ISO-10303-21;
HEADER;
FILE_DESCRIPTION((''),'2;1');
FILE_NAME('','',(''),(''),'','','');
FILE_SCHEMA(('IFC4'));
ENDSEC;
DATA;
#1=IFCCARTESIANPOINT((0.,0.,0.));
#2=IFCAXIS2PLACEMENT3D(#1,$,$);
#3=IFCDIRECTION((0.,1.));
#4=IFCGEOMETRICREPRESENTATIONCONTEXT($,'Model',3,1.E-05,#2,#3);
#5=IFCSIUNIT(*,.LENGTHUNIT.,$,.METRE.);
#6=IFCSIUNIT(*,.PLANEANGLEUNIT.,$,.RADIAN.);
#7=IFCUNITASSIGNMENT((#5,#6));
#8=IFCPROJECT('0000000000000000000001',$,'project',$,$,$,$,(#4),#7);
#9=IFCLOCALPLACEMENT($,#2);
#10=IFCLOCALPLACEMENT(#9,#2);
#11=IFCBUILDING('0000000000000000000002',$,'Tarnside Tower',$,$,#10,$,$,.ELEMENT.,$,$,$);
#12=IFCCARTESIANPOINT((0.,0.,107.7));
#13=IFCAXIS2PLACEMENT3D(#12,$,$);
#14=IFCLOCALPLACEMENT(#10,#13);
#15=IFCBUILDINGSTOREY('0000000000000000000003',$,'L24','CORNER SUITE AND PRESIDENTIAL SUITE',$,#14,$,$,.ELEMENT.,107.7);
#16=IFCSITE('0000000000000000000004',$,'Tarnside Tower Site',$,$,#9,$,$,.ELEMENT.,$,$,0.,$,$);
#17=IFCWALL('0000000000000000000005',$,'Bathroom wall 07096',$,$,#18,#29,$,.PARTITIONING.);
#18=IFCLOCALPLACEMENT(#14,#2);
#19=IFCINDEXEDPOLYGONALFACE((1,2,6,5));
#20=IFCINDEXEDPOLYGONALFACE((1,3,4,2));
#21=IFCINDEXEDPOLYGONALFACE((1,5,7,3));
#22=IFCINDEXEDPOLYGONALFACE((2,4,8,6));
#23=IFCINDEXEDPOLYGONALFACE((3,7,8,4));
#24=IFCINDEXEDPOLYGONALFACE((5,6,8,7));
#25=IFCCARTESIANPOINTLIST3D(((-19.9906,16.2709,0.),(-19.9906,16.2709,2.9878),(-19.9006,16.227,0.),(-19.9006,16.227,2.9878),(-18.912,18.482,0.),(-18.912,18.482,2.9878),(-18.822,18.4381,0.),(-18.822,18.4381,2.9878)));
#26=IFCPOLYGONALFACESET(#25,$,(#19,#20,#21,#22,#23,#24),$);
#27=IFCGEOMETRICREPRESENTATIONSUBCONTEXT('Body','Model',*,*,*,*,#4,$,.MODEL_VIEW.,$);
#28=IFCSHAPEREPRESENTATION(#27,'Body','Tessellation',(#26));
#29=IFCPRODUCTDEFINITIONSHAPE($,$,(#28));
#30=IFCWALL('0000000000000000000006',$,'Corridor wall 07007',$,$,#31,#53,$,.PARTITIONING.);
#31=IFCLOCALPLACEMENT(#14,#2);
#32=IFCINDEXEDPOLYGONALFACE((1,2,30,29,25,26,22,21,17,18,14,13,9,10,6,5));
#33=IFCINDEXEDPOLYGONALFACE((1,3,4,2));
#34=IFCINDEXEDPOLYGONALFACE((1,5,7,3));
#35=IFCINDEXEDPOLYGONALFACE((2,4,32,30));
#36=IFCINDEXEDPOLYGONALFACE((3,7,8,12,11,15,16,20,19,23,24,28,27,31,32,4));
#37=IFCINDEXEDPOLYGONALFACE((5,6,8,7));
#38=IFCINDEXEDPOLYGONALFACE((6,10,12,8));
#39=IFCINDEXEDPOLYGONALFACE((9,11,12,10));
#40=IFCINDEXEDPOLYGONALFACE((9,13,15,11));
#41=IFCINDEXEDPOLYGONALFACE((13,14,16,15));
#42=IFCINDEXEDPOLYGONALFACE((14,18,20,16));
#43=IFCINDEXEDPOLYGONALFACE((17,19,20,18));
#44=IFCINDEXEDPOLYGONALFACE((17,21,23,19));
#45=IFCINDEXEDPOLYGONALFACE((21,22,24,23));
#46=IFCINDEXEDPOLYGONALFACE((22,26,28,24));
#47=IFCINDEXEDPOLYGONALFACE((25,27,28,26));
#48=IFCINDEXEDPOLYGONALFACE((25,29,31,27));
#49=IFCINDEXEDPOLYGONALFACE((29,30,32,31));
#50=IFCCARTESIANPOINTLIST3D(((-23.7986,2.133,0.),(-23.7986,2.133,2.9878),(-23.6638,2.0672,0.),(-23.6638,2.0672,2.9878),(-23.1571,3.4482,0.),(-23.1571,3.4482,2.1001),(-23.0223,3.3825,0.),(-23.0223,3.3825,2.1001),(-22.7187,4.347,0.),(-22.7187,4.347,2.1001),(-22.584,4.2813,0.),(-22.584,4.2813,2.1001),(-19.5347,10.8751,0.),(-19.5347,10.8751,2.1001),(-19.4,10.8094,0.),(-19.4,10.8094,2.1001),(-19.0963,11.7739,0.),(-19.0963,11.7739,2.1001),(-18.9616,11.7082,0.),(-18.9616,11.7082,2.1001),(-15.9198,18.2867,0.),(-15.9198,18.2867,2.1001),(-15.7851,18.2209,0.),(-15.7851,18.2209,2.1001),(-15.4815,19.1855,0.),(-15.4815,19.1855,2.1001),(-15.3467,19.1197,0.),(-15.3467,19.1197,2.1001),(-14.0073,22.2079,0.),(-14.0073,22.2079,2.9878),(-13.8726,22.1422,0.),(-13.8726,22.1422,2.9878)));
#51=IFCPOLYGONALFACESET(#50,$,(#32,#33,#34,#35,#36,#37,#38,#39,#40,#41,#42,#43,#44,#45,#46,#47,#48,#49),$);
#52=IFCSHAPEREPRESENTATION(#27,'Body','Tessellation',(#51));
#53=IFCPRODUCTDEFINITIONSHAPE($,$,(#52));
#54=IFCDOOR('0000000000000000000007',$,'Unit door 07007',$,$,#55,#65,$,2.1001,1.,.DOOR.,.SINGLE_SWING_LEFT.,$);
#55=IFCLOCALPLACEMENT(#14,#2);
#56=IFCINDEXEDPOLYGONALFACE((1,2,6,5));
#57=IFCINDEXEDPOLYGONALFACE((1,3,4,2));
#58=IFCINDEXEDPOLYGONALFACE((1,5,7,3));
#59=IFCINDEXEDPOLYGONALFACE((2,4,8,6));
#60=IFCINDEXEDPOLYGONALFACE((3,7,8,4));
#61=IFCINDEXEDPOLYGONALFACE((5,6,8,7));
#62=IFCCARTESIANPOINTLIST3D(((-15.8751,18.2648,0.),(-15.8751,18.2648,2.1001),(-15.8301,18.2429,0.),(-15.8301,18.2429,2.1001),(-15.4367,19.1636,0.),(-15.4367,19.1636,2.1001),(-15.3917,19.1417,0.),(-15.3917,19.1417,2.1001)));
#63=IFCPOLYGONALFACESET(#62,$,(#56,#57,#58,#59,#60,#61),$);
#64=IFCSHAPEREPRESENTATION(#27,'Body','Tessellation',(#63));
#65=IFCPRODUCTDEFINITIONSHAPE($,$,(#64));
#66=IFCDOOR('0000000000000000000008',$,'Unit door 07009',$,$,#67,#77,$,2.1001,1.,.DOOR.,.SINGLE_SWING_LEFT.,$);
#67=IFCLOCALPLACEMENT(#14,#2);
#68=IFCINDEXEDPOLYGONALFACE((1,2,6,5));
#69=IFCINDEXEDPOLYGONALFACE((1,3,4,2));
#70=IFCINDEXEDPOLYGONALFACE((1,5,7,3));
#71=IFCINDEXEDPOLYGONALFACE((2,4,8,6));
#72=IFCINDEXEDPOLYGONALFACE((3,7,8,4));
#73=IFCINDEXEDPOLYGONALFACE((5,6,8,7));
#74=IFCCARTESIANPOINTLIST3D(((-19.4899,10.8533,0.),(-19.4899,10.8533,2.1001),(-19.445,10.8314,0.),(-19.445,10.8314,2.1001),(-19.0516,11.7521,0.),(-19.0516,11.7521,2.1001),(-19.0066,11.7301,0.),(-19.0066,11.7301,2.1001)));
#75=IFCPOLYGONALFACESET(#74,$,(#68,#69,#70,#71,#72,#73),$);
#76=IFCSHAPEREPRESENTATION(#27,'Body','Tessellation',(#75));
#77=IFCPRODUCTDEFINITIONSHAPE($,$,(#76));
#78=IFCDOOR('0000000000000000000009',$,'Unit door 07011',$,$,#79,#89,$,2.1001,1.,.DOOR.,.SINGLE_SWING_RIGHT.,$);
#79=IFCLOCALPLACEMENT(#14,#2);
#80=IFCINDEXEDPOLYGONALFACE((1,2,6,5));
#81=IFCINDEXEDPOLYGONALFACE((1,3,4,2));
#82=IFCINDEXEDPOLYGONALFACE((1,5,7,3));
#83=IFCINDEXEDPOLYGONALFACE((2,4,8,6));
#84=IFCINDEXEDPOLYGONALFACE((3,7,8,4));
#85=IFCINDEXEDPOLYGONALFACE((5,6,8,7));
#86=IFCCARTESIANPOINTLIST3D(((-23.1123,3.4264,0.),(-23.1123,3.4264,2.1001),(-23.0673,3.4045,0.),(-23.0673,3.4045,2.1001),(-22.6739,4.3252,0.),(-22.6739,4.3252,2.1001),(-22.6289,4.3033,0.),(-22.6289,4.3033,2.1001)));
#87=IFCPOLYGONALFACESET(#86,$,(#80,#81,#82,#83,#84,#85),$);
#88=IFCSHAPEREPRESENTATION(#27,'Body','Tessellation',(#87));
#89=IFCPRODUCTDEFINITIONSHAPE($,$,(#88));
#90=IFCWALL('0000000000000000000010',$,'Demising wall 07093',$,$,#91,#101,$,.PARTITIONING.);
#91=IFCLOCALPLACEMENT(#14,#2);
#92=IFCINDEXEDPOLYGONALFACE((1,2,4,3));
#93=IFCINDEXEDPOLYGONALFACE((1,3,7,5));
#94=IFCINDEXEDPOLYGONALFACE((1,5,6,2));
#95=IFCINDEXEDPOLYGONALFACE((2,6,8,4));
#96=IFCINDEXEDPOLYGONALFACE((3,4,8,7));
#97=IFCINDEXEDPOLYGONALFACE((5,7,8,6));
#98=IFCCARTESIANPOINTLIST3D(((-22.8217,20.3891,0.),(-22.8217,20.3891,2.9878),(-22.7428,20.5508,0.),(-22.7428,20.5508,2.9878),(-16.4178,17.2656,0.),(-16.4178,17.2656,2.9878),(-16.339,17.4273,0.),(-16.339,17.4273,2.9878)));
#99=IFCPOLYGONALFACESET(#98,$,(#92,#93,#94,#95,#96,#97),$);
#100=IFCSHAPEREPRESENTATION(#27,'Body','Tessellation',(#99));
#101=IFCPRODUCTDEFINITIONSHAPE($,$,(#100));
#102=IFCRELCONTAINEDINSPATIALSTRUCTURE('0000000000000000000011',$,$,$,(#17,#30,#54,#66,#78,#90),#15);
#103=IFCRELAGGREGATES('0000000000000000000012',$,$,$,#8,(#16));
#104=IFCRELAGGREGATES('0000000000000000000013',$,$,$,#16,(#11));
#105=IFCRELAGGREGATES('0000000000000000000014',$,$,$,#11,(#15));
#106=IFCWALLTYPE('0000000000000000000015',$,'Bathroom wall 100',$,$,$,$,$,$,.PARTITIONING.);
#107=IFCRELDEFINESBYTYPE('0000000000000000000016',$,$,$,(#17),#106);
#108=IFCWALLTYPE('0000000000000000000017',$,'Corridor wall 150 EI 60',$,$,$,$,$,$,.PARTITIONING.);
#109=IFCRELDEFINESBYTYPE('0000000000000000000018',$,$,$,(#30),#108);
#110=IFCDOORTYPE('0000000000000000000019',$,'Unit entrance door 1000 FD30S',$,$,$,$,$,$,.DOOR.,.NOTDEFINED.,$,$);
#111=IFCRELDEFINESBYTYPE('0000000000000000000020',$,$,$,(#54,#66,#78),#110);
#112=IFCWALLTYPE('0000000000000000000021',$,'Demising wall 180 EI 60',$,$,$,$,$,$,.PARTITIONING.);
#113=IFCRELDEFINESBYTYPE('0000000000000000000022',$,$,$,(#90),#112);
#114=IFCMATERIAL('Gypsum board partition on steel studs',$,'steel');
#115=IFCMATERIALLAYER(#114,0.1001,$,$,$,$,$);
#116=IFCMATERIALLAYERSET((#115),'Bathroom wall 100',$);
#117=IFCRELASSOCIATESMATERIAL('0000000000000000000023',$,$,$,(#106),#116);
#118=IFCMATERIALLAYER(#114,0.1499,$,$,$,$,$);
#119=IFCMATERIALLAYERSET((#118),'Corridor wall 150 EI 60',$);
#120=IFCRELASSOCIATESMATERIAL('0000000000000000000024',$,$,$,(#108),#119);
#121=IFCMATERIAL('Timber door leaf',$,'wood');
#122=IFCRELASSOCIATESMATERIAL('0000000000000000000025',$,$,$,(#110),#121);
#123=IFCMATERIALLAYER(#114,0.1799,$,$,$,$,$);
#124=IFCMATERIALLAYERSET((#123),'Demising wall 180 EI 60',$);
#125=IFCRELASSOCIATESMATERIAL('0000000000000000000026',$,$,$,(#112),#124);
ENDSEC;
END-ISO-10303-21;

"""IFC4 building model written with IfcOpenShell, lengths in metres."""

from ifc_helpers import new_model, si_unit, direction, frame, frame_2d, origin, place, context, subcontext, project, spatial, rectangle, extrude, material, layer, layer_set, type_object, element, fill, save


model = new_model("IFC4")

# Units and contexts
model_context = context("Model", 3, precision=1e-05, world=origin(), true_north=direction((0.0, 1.0)))
body_context = subcontext(model_context, "Body", "Model", "MODEL_VIEW")
ifc_project = project(units=[si_unit("LENGTHUNIT", "METRE"), si_unit("PLANEANGLEUNIT", "RADIAN")], contexts=[model_context])

# Site, building, storey
site_placement = place(None, origin())
site = spatial("IfcSite", under=ifc_project, at=site_placement, Name="Tarnside Tower Site", CompositionType="ELEMENT", RefElevation=0.0)
building_placement = place(site_placement, origin())
building = spatial("IfcBuilding", under=site, at=building_placement, Name="Tarnside Tower", CompositionType="ELEMENT")
storey_placement = place(building_placement, frame((0.0, 0.0, 107.7)))
storey = spatial("IfcBuildingStorey", under=building, at=storey_placement, Name="L24", Description="CORNER SUITE AND PRESIDENTIAL SUITE", CompositionType="ELEMENT", Elevation=107.7)

# Shared definitions
ifc_material_1 = material(Name="Gypsum board partition on steel studs", Category="steel")
ifc_layer_1 = layer(ifc_material_1, 0.1001)
ifc_layer_set_1 = layer_set([ifc_layer_1], Name="Bathroom wall 100")
wall_type_1 = type_object("IfcWallType", Name="Bathroom wall 100", PredefinedType="PARTITIONING", material=ifc_layer_set_1)
ifc_material_2 = material(Name="Timber door leaf", Category="wood")

# Wall
wall_1_placement = place(storey_placement, frame((-19.9456, 16.249, 0.0), z_axis=(0.0, 0.0, 1.0), x_axis=(0.43842, 0.89877, 0.0)))
element("IfcWall", 1, at=wall_1_placement, inside=storey, type_object=wall_type_1, Name="Bathroom wall 07096", PredefinedType="PARTITIONING", context=body_context, shape_type="SweptSolid", body=[
    extrude(rectangle(XDim=2.4602, YDim=0.1001, at=frame_2d((1.23, 0.0))), origin(), (0.0, 0.0, 1.0), 2.9878),
])

# Wall, openings, doors
ifc_layer_2 = layer(ifc_material_1, 0.1499)
ifc_layer_set_2 = layer_set([ifc_layer_2], Name="Corridor wall 150 EI 60")
wall_type_2 = type_object("IfcWallType", Name="Corridor wall 150 EI 60", PredefinedType="PARTITIONING", material=ifc_layer_set_2)
wall_2_placement = place(storey_placement, frame((-13.9399, 22.175, 0.0), z_axis=(0.0, 0.0, 1.0), x_axis=(-0.438373, -0.898793, 0.0)))
wall_2 = element("IfcWall", 2, at=wall_2_placement, inside=storey, type_object=wall_type_2, Name="Corridor wall 07007", PredefinedType="PARTITIONING", context=body_context, shape_type="SweptSolid", body=[
    extrude(rectangle(XDim=22.3354, YDim=0.1499, at=frame_2d((11.1677, 0.0))), origin(), (0.0, 0.0, 1.0), 2.9878),
])
opening_1_placement = place(wall_2_placement, frame((3.3628, 0.0, 0.0)))
opening_1 = element("IfcOpeningElement", 3, at=opening_1_placement, cuts=wall_2, PredefinedType="OPENING", context=body_context, shape_type="SweptSolid", body=[
    extrude(rectangle(XDim=1.0, YDim=2.1001, at=frame_2d((0.5, 1.05))), frame((0.0, 0.085, 0.0), z_axis=(0.0, -1.0, 0.0), x_axis=(1.0, 0.0, 0.0)), (0.0, 0.0, 1.0), 0.1699),
])
opening_2_placement = place(wall_2_placement, frame((11.6089, 0.0, 0.0)))
opening_2 = element("IfcOpeningElement", 4, at=opening_2_placement, cuts=wall_2, PredefinedType="OPENING", context=body_context, shape_type="SweptSolid", body=[
    extrude(rectangle(XDim=1.0, YDim=2.1001, at=frame_2d((0.5, 1.05))), frame((0.0, 0.085, 0.0), z_axis=(0.0, -1.0, 0.0), x_axis=(1.0, 0.0, 0.0)), (0.0, 0.0, 1.0), 0.1699),
])
opening_3_placement = place(wall_2_placement, frame((19.8721, 0.0, 0.0)))
opening_3 = element("IfcOpeningElement", 5, at=opening_3_placement, cuts=wall_2, PredefinedType="OPENING", context=body_context, shape_type="SweptSolid", body=[
    extrude(rectangle(XDim=1.0, YDim=2.1001, at=frame_2d((0.5, 1.05))), frame((0.0, 0.085, 0.0), z_axis=(0.0, -1.0, 0.0), x_axis=(1.0, 0.0, 0.0)), (0.0, 0.0, 1.0), 0.1699),
])
door_type_1 = type_object("IfcDoorType", Name="Unit entrance door 1000 FD30S", OperationType="NOTDEFINED", PredefinedType="DOOR", material=ifc_material_2)
door_1_placement = place(opening_1_placement, origin())
door_1 = element("IfcDoor", 6, at=door_1_placement, inside=storey, type_object=door_type_1, Name="Unit door 07007", OperationType="SINGLE_SWING_LEFT", OverallHeight=2.1001, OverallWidth=1.0, PredefinedType="DOOR", context=body_context, shape_type="SweptSolid", body=[
    extrude(rectangle(XDim=1.0, YDim=2.1001, at=frame_2d((0.5, 1.05))), frame((0.0, 0.0249, 0.0), z_axis=(0.0, -1.0, 0.0), x_axis=(1.0, 0.0, 0.0)), (0.0, 0.0, 1.0), 0.05),
])
fill(opening_1, door_1)
door_2_placement = place(opening_2_placement, origin())
door_2 = element("IfcDoor", 7, at=door_2_placement, inside=storey, type_object=door_type_1, Name="Unit door 07009", OperationType="SINGLE_SWING_LEFT", OverallHeight=2.1001, OverallWidth=1.0, PredefinedType="DOOR", context=body_context, shape_type="SweptSolid", body=[
    extrude(rectangle(XDim=1.0, YDim=2.1001, at=frame_2d((0.5, 1.05))), frame((0.0, 0.0249, 0.0), z_axis=(0.0, -1.0, 0.0), x_axis=(1.0, 0.0, 0.0)), (0.0, 0.0, 1.0), 0.05),
])
fill(opening_2, door_2)
door_3_placement = place(opening_3_placement, origin())
door_3 = element("IfcDoor", 8, at=door_3_placement, inside=storey, type_object=door_type_1, Name="Unit door 07011", OperationType="SINGLE_SWING_RIGHT", OverallHeight=2.1001, OverallWidth=1.0, PredefinedType="DOOR", context=body_context, shape_type="SweptSolid", body=[
    extrude(rectangle(XDim=1.0, YDim=2.1001, at=frame_2d((0.5, 1.05))), frame((0.0, 0.0249, 0.0), z_axis=(0.0, -1.0, 0.0), x_axis=(1.0, 0.0, 0.0)), (0.0, 0.0, 1.0), 0.05),
])
fill(opening_3, door_3)

# Wall
ifc_layer_3 = layer(ifc_material_1, 0.1799)
ifc_layer_set_3 = layer_set([ifc_layer_3], Name="Demising wall 180 EI 60")
wall_type_3 = type_object("IfcWallType", Name="Demising wall 180 EI 60", PredefinedType="PARTITIONING", material=ifc_layer_set_3)
wall_3_placement = place(storey_placement, frame((-22.7822, 20.47, 0.0), z_axis=(0.0, 0.0, 1.0), x_axis=(0.898784, -0.438393, 0.0)))
element("IfcWall", 9, at=wall_3_placement, inside=storey, type_object=wall_type_3, Name="Demising wall 07093", PredefinedType="PARTITIONING", context=body_context, shape_type="SweptSolid", body=[
    extrude(rectangle(XDim=7.125, YDim=0.1799, at=frame_2d((3.5625, 0.0))), origin(), (0.0, 0.0, 1.0), 2.9878),
])

save(model, "model.ifc")
